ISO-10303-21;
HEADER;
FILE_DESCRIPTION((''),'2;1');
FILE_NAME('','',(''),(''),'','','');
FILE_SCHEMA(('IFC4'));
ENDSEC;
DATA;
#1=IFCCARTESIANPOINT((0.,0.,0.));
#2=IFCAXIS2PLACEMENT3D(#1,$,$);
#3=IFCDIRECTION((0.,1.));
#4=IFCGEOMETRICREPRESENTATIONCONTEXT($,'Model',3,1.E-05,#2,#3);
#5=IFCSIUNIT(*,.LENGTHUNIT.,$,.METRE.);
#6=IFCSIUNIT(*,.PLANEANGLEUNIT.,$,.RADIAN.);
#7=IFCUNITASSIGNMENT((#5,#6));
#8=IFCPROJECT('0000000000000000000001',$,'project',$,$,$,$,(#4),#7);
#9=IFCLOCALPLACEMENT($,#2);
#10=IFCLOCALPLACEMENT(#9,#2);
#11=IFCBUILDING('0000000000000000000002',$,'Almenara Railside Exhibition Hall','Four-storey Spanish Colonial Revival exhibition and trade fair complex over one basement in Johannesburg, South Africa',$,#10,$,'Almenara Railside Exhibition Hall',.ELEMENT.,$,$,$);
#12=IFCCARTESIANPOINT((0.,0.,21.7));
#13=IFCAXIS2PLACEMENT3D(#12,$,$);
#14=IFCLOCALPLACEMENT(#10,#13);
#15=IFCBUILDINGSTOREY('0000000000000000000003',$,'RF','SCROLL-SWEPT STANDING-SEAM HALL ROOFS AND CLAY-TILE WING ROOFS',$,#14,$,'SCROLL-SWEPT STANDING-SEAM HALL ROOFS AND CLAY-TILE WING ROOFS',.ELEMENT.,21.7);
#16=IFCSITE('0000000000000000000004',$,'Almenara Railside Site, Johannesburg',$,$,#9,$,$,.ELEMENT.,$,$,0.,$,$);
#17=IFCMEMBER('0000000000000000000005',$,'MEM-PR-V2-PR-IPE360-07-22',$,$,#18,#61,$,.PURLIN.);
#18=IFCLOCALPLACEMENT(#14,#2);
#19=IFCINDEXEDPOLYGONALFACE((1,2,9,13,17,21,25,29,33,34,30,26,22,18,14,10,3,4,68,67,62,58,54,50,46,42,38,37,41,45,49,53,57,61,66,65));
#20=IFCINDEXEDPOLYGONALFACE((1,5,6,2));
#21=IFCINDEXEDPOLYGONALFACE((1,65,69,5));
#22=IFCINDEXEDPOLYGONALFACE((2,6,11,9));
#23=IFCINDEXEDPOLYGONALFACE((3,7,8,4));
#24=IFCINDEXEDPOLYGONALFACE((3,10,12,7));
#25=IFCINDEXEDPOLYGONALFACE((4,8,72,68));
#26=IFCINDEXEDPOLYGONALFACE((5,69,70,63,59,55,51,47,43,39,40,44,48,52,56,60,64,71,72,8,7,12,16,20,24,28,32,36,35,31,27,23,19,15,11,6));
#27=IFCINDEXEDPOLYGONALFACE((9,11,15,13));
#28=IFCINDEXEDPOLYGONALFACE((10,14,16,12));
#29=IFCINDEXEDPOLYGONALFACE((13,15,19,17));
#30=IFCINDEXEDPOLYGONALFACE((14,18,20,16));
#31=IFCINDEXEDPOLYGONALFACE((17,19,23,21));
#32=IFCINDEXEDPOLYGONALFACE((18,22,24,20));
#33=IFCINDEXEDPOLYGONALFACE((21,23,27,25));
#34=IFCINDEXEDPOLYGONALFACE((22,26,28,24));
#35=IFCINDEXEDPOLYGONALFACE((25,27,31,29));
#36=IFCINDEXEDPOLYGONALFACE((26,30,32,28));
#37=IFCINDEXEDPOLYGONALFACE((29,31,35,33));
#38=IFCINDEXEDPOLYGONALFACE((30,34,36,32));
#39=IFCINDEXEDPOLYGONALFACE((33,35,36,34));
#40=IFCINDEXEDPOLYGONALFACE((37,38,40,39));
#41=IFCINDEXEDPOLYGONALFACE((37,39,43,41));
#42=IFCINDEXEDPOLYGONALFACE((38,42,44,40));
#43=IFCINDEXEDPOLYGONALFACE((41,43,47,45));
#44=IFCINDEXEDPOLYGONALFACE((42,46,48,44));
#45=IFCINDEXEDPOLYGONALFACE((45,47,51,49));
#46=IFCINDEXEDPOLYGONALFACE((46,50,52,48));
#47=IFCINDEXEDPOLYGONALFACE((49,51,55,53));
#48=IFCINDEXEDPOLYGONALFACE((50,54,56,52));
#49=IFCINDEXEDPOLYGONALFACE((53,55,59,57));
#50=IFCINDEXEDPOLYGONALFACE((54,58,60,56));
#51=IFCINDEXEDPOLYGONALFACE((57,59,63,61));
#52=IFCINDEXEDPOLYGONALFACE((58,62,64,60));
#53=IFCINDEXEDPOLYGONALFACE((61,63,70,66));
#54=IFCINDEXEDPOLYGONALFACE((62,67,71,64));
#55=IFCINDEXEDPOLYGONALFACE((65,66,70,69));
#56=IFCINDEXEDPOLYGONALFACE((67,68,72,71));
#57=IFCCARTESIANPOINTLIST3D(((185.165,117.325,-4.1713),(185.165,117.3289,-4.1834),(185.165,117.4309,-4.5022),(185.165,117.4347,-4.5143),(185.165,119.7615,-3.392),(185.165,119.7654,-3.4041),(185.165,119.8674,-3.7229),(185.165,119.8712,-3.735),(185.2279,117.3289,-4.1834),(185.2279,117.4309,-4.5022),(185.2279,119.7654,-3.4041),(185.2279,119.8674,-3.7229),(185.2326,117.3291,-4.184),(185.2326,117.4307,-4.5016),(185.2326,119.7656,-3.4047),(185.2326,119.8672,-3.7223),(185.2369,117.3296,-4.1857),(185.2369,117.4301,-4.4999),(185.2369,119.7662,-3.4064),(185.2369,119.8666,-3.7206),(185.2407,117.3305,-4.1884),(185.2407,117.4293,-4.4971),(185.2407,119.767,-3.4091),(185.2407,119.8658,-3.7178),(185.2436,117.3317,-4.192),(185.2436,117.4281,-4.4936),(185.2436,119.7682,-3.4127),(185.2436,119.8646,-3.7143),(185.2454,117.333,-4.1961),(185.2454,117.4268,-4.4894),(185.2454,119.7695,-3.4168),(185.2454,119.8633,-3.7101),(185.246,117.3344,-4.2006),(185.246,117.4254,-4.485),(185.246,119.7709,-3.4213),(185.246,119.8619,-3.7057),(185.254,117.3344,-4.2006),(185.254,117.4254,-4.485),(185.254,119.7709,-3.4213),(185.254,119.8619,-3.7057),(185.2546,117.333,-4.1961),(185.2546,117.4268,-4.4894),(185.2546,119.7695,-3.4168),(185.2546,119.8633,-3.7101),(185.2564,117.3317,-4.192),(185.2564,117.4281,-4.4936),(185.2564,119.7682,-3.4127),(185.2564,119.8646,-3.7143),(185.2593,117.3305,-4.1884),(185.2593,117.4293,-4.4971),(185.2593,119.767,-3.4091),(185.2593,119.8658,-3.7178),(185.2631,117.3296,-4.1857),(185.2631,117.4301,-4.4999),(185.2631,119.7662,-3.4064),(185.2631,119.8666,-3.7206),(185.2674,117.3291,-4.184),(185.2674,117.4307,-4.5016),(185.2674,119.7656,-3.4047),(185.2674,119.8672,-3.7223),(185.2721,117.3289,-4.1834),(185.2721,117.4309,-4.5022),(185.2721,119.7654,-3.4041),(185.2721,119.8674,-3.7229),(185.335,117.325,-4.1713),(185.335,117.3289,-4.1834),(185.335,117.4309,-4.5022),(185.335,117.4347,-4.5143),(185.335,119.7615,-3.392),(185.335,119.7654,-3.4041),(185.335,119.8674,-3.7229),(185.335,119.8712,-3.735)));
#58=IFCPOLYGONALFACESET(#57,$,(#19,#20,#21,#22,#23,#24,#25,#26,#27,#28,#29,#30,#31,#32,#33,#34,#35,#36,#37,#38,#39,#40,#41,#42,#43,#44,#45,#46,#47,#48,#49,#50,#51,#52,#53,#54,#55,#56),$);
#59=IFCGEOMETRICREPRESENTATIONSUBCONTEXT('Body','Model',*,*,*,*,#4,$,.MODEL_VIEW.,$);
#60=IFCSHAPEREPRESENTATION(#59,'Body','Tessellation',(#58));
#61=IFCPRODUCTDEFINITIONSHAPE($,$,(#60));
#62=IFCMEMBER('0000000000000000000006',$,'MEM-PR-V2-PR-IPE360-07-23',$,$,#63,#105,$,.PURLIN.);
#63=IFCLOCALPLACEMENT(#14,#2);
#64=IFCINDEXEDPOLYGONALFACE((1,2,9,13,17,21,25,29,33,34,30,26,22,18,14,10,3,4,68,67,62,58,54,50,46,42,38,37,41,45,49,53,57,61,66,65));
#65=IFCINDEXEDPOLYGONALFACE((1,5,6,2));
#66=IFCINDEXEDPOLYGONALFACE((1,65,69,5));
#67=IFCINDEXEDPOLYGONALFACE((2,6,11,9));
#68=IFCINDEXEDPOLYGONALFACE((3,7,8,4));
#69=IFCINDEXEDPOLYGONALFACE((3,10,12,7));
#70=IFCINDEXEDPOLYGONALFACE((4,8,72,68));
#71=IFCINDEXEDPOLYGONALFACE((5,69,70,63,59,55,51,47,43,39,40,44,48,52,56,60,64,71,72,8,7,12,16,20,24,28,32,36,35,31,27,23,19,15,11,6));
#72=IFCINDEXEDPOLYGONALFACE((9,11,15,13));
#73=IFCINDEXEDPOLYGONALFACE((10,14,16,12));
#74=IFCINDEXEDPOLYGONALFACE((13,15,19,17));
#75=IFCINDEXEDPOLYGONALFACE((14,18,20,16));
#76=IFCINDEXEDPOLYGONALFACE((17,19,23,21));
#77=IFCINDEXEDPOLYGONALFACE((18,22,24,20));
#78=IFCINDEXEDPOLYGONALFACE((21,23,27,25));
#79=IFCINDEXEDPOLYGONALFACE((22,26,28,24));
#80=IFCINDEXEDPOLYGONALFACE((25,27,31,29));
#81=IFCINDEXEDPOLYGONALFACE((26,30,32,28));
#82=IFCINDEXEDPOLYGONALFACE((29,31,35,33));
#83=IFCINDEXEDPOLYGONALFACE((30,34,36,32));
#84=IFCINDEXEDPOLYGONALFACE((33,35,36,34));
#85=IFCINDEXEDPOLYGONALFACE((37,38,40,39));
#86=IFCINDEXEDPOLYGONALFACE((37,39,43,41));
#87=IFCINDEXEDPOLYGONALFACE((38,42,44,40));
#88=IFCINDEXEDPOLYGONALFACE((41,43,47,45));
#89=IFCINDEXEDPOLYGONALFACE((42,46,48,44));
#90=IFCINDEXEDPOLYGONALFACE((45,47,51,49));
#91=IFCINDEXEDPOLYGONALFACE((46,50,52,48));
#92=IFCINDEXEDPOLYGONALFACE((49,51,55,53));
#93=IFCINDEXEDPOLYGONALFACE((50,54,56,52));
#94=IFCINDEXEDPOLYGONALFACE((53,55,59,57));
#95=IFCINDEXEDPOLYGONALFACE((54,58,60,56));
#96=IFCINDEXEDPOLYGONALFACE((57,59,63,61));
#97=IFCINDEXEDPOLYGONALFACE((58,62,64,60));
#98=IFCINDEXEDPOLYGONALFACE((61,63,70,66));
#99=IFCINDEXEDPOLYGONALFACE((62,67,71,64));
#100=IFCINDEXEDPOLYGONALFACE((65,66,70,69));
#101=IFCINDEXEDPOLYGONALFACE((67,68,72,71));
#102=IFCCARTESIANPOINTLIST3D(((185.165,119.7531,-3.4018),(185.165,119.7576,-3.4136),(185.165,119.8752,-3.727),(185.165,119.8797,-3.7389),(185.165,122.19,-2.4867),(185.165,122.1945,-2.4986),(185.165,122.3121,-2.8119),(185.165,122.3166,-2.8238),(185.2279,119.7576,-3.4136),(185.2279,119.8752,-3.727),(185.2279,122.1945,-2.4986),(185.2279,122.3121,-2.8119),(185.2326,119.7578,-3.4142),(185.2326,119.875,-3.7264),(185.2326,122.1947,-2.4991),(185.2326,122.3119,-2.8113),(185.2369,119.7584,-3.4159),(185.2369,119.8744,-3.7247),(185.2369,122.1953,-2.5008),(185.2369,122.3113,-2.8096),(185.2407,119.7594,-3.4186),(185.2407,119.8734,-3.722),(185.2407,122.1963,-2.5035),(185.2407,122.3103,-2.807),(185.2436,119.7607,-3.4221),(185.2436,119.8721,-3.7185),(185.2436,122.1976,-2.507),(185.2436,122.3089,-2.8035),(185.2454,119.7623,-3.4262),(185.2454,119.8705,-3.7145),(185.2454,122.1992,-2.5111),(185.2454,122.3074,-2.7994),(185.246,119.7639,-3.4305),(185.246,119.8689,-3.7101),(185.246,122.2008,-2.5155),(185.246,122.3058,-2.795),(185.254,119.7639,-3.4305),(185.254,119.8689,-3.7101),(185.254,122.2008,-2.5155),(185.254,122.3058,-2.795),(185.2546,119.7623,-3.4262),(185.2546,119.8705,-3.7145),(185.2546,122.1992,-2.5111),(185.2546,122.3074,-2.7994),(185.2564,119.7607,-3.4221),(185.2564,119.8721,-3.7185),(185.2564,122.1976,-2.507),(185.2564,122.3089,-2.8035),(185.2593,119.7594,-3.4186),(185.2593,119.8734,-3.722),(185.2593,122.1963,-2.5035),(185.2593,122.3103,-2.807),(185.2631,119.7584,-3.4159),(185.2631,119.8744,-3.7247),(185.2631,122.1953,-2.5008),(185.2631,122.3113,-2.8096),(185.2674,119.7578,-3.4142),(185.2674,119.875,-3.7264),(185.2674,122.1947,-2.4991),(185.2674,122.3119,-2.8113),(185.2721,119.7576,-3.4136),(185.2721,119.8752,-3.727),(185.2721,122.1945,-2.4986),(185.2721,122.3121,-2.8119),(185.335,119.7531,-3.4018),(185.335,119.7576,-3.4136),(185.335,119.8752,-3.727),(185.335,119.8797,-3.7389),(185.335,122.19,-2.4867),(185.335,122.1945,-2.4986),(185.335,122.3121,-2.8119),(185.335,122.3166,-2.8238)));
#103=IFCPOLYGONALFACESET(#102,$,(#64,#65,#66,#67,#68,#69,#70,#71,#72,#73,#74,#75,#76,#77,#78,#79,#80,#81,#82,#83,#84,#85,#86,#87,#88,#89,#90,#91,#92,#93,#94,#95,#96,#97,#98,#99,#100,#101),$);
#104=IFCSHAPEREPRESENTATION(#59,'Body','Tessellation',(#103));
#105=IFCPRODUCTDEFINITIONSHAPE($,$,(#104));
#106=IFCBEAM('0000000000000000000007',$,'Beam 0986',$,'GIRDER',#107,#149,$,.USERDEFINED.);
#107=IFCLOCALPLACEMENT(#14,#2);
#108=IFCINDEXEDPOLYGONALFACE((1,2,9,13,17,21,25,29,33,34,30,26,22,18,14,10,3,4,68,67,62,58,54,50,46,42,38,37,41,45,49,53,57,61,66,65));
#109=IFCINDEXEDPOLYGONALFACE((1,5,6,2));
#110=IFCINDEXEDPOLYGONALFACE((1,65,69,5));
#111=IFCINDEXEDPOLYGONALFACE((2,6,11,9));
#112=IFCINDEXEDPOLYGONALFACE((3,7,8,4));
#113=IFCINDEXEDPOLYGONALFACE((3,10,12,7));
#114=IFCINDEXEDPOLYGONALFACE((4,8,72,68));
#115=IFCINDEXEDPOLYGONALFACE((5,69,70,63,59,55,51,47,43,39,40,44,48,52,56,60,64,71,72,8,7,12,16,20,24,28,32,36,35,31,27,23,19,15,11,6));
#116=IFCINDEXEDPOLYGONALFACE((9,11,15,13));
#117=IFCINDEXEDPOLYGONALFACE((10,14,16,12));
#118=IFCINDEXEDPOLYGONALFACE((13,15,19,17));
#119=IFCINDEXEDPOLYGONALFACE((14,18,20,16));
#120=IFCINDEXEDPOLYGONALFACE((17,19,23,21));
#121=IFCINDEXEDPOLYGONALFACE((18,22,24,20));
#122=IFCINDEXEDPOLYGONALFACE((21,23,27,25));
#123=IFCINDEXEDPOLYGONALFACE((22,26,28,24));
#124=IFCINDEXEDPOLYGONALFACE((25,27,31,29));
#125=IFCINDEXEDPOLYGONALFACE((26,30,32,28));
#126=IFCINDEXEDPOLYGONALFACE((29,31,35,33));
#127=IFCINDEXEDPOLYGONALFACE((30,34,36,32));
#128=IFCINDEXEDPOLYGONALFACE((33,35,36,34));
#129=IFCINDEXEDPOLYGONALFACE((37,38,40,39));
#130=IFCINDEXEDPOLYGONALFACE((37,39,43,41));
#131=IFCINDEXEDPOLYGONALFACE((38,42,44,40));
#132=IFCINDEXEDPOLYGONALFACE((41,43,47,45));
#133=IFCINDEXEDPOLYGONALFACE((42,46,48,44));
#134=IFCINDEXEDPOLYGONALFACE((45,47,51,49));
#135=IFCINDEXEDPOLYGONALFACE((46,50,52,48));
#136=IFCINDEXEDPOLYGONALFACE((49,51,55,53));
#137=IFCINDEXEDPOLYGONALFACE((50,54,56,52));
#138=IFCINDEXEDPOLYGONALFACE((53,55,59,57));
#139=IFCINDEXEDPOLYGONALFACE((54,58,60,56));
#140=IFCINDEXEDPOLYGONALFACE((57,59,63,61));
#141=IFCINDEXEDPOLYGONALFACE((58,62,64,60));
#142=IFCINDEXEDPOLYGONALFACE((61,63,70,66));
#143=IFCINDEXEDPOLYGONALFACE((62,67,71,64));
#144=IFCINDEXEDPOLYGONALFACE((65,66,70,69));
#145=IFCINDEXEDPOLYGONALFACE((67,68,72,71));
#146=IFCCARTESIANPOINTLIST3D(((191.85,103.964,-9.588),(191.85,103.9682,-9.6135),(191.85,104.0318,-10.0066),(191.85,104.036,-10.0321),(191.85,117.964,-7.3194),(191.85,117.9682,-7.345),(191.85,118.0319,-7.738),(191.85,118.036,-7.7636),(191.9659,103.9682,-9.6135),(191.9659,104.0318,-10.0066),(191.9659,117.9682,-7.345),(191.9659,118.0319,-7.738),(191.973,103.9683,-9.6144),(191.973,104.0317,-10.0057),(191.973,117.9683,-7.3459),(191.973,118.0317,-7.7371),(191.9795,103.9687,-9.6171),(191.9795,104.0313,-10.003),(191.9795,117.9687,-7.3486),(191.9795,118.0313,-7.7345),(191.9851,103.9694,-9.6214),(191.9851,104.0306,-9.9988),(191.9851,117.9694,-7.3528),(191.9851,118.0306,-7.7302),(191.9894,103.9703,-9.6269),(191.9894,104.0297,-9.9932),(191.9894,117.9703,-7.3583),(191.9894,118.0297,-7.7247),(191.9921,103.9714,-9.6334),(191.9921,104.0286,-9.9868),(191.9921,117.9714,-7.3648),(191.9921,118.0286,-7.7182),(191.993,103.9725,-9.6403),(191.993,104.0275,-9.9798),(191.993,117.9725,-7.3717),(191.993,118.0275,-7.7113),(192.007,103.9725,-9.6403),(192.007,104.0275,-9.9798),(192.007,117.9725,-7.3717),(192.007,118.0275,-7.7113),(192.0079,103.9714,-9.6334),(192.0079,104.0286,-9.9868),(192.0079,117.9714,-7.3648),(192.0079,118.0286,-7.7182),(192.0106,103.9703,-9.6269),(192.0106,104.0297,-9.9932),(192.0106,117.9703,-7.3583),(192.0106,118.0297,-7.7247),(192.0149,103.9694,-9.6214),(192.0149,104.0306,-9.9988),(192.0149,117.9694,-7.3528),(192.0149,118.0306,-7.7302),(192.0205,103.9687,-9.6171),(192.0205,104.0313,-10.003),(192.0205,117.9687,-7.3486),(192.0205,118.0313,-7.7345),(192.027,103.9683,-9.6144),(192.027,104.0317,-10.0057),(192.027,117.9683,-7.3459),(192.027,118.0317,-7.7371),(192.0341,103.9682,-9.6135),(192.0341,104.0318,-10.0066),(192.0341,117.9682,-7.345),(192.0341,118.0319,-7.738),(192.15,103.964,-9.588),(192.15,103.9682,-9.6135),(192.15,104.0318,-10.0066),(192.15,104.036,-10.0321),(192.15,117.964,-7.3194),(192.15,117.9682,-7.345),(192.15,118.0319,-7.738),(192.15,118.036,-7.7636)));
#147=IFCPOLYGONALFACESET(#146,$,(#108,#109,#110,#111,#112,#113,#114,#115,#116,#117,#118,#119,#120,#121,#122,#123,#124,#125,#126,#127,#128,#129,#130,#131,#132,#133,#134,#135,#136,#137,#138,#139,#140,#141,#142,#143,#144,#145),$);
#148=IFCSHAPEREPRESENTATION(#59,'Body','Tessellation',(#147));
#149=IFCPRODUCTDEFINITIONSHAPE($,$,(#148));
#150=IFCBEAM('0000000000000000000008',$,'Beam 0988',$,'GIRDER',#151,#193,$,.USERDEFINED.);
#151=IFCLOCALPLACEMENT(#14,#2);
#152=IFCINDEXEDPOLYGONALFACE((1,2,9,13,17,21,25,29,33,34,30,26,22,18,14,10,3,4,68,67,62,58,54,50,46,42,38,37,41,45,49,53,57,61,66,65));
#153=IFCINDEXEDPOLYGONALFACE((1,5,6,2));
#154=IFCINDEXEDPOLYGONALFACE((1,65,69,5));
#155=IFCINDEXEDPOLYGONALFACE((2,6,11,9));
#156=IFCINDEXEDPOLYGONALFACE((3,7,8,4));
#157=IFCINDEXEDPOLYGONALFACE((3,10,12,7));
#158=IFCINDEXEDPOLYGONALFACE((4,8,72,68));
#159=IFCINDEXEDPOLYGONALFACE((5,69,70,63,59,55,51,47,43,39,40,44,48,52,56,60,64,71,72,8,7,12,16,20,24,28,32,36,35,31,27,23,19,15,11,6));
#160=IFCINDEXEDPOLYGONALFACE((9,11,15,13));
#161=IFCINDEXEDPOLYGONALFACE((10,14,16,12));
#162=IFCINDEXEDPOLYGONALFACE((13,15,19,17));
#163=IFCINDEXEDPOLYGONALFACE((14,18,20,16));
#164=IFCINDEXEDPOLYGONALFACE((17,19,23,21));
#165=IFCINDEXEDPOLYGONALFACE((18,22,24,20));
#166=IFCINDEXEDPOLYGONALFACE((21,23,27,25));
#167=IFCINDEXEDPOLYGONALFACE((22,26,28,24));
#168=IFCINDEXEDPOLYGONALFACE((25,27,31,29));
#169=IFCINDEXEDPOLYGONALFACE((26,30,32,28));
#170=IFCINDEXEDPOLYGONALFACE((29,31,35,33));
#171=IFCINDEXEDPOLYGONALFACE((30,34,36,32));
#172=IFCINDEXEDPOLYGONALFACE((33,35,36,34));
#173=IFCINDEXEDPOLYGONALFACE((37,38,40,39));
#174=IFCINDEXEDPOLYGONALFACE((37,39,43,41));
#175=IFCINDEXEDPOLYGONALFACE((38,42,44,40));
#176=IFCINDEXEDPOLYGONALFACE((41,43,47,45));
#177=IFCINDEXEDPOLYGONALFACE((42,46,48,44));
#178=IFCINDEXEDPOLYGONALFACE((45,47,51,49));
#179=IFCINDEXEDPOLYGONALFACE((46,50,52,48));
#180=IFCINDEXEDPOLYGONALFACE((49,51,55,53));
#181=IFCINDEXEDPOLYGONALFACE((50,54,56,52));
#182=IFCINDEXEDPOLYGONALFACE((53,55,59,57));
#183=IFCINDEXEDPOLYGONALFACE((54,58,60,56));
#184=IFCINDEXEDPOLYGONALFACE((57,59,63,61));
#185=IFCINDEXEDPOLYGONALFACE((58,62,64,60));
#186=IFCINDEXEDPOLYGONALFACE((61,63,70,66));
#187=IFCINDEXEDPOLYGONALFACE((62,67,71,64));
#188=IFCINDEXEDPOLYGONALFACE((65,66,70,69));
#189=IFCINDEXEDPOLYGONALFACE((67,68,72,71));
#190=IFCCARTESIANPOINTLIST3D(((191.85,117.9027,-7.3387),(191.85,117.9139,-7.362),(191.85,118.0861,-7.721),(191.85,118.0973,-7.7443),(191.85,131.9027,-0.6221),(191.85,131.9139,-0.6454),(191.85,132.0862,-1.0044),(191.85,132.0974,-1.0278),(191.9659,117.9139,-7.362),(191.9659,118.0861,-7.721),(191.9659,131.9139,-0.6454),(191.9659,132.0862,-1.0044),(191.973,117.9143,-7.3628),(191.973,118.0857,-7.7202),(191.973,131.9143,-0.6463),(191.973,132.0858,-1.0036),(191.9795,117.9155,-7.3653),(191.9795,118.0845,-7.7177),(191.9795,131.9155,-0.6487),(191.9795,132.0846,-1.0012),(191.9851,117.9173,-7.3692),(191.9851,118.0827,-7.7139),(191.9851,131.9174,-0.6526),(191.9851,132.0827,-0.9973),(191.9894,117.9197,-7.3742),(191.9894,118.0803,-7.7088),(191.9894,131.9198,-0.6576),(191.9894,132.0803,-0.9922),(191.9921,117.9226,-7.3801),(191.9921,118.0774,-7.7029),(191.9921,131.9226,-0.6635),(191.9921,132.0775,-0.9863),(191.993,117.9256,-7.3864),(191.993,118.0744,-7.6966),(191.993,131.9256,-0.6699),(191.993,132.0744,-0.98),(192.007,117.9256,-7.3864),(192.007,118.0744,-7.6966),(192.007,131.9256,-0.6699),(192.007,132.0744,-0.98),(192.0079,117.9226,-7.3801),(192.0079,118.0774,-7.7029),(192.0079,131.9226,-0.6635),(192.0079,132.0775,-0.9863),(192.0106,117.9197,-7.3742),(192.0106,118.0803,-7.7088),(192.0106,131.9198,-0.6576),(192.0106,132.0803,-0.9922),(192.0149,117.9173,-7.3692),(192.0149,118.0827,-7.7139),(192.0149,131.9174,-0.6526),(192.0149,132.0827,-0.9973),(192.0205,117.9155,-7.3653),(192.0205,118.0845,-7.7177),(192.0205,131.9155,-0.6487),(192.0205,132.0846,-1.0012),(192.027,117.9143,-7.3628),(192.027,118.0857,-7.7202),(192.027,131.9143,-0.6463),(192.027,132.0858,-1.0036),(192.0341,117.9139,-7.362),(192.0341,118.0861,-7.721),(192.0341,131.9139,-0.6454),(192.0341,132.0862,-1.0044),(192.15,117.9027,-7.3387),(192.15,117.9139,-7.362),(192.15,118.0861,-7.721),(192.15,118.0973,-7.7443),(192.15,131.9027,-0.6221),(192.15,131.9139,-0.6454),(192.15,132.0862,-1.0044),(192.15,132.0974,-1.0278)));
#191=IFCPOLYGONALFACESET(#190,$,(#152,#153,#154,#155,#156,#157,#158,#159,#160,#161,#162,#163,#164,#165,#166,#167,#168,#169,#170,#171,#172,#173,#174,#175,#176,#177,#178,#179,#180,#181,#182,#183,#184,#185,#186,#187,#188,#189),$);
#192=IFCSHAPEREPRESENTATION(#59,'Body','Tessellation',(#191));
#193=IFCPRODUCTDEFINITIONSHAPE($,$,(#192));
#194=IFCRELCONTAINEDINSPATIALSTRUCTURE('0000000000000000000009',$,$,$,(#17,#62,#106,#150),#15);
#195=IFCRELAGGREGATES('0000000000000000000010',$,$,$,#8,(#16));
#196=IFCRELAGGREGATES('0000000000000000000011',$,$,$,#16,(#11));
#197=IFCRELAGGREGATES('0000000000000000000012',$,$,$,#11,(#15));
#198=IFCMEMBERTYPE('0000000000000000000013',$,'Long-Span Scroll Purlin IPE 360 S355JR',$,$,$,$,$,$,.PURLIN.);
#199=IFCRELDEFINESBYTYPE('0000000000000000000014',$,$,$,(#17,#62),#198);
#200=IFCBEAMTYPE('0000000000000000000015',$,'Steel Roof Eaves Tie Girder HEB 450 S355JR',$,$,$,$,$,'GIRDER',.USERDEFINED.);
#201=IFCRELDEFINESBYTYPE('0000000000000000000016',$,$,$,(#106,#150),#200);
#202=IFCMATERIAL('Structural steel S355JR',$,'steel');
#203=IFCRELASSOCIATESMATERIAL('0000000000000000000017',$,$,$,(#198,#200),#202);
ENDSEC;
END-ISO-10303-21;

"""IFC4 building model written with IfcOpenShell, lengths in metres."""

from ifc_helpers import new_model, si_unit, direction, frame, origin, origin_2d, place, context, subcontext, project, spatial, i_section, extrude, material, material_profile, profile_set, type_object, element, save


model = new_model("IFC4")

# Units and contexts
model_context = context("Model", 3, precision=1e-05, world=origin(), true_north=direction((0.0, 1.0)))
body_context = subcontext(model_context, "Body", "Model", "MODEL_VIEW")
ifc_project = project(units=[si_unit("LENGTHUNIT", "METRE"), si_unit("PLANEANGLEUNIT", "RADIAN")], contexts=[model_context])

# Site, building, storey
site_placement = place(None, origin())
site = spatial("IfcSite", under=ifc_project, at=site_placement, Name="Almenara Railside Site, Johannesburg", CompositionType="ELEMENT", RefElevation=0.0)
building_placement = place(site_placement, origin())
building = spatial("IfcBuilding", under=site, at=building_placement, Name="Almenara Railside Exhibition Hall", Description="Four-storey Spanish Colonial Revival exhibition and trade fair complex over one basement in Johannesburg, South Africa", LongName="Almenara Railside Exhibition Hall", CompositionType="ELEMENT")
storey_placement = place(building_placement, frame((0.0, 0.0, 21.7)))
storey = spatial("IfcBuildingStorey", under=building, at=storey_placement, Name="RF", Description="SCROLL-SWEPT STANDING-SEAM HALL ROOFS AND CLAY-TILE WING ROOFS", LongName="SCROLL-SWEPT STANDING-SEAM HALL ROOFS AND CLAY-TILE WING ROOFS", CompositionType="ELEMENT", Elevation=21.7)

# Shared definitions
ifc_material = material(Name="Structural steel S355JR", Category="steel")

# Members
ifc_material_profile_1 = material_profile(ifc_material, i_section(OverallWidth=0.1699, OverallDepth=0.3601, WebThickness=0.0081, FlangeThickness=0.0127, FilletRadius=0.0181, at=origin_2d()), Name="IPE 360")
ifc_profile_set_1 = profile_set([ifc_material_profile_1], Name="Structural steel S355JR")
member_type_1 = type_object("IfcMemberType", Name="Long-Span Scroll Purlin IPE 360 S355JR", PredefinedType="PURLIN", material=ifc_profile_set_1)
member_1_placement = place(storey_placement, frame((185.25, 117.3799, -4.3428), z_axis=(0.0, 0.952468, 0.304637), x_axis=(-1.0, 0.0, 0.0)))
element("IfcMember", 1, at=member_1_placement, inside=storey, type_object=member_type_1, Name="MEM-PR-V2-PR-IPE360-07-22", PredefinedType="PURLIN", context=body_context, shape_type="SweptSolid", body=[
    extrude(i_section(OverallWidth=0.1699, OverallDepth=0.3601, WebThickness=0.0081, FlangeThickness=0.0127, FilletRadius=0.0181, at=origin_2d()), origin(), (0.0, 0.0, 1.0), 2.5581),
])
member_2_placement = place(storey_placement, frame((185.25, 119.8164, -3.5703), z_axis=(0.0, 0.936171, 0.351545), x_axis=(-1.0, 0.0, 0.0)))
element("IfcMember", 2, at=member_2_placement, inside=storey, type_object=member_type_1, Name="MEM-PR-V2-PR-IPE360-07-23", PredefinedType="PURLIN", context=body_context, shape_type="SweptSolid", body=[
    extrude(i_section(OverallWidth=0.1699, OverallDepth=0.3601, WebThickness=0.0081, FlangeThickness=0.0127, FilletRadius=0.0181, at=origin_2d()), origin(), (0.0, 0.0, 1.0), 2.603),
])

# Beams
ifc_material_profile_2 = material_profile(ifc_material, i_section(OverallWidth=0.3, OverallDepth=0.45, WebThickness=0.0139, FlangeThickness=0.0259, FilletRadius=0.0271, at=origin_2d()), Name="HEB 450")
ifc_profile_set_2 = profile_set([ifc_material_profile_2], Name="Structural steel S355JR")
beam_type = type_object("IfcBeamType", Name="Steel Roof Eaves Tie Girder HEB 450 S355JR", ElementType="GIRDER", PredefinedType="USERDEFINED", material=ifc_profile_set_2)
beam_1_placement = place(storey_placement, frame((192.0, 104.0, -9.8101), z_axis=(0.0, 0.987125, 0.159953), x_axis=(-1.0, 0.0, 0.0)))
element("IfcBeam", 3, at=beam_1_placement, inside=storey, type_object=beam_type, Name="Beam 0986", ObjectType="GIRDER", PredefinedType="USERDEFINED", context=body_context, shape_type="SweptSolid", body=[
    extrude(i_section(OverallWidth=0.3, OverallDepth=0.45, WebThickness=0.0139, FlangeThickness=0.0259, FilletRadius=0.0271, at=origin_2d()), origin(), (0.0, 0.0, 1.0), 14.1826),
])
beam_2_placement = place(storey_placement, frame((192.0, 118.0, -7.5415), z_axis=(0.0, 0.90161, 0.432551), x_axis=(-1.0, 0.0, 0.0)))
element("IfcBeam", 4, at=beam_2_placement, inside=storey, type_object=beam_type, Name="Beam 0988", ObjectType="GIRDER", PredefinedType="USERDEFINED", context=body_context, shape_type="SweptSolid", body=[
    extrude(i_section(OverallWidth=0.3, OverallDepth=0.45, WebThickness=0.0139, FlangeThickness=0.0259, FilletRadius=0.0271, at=origin_2d()), origin(), (0.0, 0.0, 1.0), 15.5278),
])

save(model, "model.ifc")
